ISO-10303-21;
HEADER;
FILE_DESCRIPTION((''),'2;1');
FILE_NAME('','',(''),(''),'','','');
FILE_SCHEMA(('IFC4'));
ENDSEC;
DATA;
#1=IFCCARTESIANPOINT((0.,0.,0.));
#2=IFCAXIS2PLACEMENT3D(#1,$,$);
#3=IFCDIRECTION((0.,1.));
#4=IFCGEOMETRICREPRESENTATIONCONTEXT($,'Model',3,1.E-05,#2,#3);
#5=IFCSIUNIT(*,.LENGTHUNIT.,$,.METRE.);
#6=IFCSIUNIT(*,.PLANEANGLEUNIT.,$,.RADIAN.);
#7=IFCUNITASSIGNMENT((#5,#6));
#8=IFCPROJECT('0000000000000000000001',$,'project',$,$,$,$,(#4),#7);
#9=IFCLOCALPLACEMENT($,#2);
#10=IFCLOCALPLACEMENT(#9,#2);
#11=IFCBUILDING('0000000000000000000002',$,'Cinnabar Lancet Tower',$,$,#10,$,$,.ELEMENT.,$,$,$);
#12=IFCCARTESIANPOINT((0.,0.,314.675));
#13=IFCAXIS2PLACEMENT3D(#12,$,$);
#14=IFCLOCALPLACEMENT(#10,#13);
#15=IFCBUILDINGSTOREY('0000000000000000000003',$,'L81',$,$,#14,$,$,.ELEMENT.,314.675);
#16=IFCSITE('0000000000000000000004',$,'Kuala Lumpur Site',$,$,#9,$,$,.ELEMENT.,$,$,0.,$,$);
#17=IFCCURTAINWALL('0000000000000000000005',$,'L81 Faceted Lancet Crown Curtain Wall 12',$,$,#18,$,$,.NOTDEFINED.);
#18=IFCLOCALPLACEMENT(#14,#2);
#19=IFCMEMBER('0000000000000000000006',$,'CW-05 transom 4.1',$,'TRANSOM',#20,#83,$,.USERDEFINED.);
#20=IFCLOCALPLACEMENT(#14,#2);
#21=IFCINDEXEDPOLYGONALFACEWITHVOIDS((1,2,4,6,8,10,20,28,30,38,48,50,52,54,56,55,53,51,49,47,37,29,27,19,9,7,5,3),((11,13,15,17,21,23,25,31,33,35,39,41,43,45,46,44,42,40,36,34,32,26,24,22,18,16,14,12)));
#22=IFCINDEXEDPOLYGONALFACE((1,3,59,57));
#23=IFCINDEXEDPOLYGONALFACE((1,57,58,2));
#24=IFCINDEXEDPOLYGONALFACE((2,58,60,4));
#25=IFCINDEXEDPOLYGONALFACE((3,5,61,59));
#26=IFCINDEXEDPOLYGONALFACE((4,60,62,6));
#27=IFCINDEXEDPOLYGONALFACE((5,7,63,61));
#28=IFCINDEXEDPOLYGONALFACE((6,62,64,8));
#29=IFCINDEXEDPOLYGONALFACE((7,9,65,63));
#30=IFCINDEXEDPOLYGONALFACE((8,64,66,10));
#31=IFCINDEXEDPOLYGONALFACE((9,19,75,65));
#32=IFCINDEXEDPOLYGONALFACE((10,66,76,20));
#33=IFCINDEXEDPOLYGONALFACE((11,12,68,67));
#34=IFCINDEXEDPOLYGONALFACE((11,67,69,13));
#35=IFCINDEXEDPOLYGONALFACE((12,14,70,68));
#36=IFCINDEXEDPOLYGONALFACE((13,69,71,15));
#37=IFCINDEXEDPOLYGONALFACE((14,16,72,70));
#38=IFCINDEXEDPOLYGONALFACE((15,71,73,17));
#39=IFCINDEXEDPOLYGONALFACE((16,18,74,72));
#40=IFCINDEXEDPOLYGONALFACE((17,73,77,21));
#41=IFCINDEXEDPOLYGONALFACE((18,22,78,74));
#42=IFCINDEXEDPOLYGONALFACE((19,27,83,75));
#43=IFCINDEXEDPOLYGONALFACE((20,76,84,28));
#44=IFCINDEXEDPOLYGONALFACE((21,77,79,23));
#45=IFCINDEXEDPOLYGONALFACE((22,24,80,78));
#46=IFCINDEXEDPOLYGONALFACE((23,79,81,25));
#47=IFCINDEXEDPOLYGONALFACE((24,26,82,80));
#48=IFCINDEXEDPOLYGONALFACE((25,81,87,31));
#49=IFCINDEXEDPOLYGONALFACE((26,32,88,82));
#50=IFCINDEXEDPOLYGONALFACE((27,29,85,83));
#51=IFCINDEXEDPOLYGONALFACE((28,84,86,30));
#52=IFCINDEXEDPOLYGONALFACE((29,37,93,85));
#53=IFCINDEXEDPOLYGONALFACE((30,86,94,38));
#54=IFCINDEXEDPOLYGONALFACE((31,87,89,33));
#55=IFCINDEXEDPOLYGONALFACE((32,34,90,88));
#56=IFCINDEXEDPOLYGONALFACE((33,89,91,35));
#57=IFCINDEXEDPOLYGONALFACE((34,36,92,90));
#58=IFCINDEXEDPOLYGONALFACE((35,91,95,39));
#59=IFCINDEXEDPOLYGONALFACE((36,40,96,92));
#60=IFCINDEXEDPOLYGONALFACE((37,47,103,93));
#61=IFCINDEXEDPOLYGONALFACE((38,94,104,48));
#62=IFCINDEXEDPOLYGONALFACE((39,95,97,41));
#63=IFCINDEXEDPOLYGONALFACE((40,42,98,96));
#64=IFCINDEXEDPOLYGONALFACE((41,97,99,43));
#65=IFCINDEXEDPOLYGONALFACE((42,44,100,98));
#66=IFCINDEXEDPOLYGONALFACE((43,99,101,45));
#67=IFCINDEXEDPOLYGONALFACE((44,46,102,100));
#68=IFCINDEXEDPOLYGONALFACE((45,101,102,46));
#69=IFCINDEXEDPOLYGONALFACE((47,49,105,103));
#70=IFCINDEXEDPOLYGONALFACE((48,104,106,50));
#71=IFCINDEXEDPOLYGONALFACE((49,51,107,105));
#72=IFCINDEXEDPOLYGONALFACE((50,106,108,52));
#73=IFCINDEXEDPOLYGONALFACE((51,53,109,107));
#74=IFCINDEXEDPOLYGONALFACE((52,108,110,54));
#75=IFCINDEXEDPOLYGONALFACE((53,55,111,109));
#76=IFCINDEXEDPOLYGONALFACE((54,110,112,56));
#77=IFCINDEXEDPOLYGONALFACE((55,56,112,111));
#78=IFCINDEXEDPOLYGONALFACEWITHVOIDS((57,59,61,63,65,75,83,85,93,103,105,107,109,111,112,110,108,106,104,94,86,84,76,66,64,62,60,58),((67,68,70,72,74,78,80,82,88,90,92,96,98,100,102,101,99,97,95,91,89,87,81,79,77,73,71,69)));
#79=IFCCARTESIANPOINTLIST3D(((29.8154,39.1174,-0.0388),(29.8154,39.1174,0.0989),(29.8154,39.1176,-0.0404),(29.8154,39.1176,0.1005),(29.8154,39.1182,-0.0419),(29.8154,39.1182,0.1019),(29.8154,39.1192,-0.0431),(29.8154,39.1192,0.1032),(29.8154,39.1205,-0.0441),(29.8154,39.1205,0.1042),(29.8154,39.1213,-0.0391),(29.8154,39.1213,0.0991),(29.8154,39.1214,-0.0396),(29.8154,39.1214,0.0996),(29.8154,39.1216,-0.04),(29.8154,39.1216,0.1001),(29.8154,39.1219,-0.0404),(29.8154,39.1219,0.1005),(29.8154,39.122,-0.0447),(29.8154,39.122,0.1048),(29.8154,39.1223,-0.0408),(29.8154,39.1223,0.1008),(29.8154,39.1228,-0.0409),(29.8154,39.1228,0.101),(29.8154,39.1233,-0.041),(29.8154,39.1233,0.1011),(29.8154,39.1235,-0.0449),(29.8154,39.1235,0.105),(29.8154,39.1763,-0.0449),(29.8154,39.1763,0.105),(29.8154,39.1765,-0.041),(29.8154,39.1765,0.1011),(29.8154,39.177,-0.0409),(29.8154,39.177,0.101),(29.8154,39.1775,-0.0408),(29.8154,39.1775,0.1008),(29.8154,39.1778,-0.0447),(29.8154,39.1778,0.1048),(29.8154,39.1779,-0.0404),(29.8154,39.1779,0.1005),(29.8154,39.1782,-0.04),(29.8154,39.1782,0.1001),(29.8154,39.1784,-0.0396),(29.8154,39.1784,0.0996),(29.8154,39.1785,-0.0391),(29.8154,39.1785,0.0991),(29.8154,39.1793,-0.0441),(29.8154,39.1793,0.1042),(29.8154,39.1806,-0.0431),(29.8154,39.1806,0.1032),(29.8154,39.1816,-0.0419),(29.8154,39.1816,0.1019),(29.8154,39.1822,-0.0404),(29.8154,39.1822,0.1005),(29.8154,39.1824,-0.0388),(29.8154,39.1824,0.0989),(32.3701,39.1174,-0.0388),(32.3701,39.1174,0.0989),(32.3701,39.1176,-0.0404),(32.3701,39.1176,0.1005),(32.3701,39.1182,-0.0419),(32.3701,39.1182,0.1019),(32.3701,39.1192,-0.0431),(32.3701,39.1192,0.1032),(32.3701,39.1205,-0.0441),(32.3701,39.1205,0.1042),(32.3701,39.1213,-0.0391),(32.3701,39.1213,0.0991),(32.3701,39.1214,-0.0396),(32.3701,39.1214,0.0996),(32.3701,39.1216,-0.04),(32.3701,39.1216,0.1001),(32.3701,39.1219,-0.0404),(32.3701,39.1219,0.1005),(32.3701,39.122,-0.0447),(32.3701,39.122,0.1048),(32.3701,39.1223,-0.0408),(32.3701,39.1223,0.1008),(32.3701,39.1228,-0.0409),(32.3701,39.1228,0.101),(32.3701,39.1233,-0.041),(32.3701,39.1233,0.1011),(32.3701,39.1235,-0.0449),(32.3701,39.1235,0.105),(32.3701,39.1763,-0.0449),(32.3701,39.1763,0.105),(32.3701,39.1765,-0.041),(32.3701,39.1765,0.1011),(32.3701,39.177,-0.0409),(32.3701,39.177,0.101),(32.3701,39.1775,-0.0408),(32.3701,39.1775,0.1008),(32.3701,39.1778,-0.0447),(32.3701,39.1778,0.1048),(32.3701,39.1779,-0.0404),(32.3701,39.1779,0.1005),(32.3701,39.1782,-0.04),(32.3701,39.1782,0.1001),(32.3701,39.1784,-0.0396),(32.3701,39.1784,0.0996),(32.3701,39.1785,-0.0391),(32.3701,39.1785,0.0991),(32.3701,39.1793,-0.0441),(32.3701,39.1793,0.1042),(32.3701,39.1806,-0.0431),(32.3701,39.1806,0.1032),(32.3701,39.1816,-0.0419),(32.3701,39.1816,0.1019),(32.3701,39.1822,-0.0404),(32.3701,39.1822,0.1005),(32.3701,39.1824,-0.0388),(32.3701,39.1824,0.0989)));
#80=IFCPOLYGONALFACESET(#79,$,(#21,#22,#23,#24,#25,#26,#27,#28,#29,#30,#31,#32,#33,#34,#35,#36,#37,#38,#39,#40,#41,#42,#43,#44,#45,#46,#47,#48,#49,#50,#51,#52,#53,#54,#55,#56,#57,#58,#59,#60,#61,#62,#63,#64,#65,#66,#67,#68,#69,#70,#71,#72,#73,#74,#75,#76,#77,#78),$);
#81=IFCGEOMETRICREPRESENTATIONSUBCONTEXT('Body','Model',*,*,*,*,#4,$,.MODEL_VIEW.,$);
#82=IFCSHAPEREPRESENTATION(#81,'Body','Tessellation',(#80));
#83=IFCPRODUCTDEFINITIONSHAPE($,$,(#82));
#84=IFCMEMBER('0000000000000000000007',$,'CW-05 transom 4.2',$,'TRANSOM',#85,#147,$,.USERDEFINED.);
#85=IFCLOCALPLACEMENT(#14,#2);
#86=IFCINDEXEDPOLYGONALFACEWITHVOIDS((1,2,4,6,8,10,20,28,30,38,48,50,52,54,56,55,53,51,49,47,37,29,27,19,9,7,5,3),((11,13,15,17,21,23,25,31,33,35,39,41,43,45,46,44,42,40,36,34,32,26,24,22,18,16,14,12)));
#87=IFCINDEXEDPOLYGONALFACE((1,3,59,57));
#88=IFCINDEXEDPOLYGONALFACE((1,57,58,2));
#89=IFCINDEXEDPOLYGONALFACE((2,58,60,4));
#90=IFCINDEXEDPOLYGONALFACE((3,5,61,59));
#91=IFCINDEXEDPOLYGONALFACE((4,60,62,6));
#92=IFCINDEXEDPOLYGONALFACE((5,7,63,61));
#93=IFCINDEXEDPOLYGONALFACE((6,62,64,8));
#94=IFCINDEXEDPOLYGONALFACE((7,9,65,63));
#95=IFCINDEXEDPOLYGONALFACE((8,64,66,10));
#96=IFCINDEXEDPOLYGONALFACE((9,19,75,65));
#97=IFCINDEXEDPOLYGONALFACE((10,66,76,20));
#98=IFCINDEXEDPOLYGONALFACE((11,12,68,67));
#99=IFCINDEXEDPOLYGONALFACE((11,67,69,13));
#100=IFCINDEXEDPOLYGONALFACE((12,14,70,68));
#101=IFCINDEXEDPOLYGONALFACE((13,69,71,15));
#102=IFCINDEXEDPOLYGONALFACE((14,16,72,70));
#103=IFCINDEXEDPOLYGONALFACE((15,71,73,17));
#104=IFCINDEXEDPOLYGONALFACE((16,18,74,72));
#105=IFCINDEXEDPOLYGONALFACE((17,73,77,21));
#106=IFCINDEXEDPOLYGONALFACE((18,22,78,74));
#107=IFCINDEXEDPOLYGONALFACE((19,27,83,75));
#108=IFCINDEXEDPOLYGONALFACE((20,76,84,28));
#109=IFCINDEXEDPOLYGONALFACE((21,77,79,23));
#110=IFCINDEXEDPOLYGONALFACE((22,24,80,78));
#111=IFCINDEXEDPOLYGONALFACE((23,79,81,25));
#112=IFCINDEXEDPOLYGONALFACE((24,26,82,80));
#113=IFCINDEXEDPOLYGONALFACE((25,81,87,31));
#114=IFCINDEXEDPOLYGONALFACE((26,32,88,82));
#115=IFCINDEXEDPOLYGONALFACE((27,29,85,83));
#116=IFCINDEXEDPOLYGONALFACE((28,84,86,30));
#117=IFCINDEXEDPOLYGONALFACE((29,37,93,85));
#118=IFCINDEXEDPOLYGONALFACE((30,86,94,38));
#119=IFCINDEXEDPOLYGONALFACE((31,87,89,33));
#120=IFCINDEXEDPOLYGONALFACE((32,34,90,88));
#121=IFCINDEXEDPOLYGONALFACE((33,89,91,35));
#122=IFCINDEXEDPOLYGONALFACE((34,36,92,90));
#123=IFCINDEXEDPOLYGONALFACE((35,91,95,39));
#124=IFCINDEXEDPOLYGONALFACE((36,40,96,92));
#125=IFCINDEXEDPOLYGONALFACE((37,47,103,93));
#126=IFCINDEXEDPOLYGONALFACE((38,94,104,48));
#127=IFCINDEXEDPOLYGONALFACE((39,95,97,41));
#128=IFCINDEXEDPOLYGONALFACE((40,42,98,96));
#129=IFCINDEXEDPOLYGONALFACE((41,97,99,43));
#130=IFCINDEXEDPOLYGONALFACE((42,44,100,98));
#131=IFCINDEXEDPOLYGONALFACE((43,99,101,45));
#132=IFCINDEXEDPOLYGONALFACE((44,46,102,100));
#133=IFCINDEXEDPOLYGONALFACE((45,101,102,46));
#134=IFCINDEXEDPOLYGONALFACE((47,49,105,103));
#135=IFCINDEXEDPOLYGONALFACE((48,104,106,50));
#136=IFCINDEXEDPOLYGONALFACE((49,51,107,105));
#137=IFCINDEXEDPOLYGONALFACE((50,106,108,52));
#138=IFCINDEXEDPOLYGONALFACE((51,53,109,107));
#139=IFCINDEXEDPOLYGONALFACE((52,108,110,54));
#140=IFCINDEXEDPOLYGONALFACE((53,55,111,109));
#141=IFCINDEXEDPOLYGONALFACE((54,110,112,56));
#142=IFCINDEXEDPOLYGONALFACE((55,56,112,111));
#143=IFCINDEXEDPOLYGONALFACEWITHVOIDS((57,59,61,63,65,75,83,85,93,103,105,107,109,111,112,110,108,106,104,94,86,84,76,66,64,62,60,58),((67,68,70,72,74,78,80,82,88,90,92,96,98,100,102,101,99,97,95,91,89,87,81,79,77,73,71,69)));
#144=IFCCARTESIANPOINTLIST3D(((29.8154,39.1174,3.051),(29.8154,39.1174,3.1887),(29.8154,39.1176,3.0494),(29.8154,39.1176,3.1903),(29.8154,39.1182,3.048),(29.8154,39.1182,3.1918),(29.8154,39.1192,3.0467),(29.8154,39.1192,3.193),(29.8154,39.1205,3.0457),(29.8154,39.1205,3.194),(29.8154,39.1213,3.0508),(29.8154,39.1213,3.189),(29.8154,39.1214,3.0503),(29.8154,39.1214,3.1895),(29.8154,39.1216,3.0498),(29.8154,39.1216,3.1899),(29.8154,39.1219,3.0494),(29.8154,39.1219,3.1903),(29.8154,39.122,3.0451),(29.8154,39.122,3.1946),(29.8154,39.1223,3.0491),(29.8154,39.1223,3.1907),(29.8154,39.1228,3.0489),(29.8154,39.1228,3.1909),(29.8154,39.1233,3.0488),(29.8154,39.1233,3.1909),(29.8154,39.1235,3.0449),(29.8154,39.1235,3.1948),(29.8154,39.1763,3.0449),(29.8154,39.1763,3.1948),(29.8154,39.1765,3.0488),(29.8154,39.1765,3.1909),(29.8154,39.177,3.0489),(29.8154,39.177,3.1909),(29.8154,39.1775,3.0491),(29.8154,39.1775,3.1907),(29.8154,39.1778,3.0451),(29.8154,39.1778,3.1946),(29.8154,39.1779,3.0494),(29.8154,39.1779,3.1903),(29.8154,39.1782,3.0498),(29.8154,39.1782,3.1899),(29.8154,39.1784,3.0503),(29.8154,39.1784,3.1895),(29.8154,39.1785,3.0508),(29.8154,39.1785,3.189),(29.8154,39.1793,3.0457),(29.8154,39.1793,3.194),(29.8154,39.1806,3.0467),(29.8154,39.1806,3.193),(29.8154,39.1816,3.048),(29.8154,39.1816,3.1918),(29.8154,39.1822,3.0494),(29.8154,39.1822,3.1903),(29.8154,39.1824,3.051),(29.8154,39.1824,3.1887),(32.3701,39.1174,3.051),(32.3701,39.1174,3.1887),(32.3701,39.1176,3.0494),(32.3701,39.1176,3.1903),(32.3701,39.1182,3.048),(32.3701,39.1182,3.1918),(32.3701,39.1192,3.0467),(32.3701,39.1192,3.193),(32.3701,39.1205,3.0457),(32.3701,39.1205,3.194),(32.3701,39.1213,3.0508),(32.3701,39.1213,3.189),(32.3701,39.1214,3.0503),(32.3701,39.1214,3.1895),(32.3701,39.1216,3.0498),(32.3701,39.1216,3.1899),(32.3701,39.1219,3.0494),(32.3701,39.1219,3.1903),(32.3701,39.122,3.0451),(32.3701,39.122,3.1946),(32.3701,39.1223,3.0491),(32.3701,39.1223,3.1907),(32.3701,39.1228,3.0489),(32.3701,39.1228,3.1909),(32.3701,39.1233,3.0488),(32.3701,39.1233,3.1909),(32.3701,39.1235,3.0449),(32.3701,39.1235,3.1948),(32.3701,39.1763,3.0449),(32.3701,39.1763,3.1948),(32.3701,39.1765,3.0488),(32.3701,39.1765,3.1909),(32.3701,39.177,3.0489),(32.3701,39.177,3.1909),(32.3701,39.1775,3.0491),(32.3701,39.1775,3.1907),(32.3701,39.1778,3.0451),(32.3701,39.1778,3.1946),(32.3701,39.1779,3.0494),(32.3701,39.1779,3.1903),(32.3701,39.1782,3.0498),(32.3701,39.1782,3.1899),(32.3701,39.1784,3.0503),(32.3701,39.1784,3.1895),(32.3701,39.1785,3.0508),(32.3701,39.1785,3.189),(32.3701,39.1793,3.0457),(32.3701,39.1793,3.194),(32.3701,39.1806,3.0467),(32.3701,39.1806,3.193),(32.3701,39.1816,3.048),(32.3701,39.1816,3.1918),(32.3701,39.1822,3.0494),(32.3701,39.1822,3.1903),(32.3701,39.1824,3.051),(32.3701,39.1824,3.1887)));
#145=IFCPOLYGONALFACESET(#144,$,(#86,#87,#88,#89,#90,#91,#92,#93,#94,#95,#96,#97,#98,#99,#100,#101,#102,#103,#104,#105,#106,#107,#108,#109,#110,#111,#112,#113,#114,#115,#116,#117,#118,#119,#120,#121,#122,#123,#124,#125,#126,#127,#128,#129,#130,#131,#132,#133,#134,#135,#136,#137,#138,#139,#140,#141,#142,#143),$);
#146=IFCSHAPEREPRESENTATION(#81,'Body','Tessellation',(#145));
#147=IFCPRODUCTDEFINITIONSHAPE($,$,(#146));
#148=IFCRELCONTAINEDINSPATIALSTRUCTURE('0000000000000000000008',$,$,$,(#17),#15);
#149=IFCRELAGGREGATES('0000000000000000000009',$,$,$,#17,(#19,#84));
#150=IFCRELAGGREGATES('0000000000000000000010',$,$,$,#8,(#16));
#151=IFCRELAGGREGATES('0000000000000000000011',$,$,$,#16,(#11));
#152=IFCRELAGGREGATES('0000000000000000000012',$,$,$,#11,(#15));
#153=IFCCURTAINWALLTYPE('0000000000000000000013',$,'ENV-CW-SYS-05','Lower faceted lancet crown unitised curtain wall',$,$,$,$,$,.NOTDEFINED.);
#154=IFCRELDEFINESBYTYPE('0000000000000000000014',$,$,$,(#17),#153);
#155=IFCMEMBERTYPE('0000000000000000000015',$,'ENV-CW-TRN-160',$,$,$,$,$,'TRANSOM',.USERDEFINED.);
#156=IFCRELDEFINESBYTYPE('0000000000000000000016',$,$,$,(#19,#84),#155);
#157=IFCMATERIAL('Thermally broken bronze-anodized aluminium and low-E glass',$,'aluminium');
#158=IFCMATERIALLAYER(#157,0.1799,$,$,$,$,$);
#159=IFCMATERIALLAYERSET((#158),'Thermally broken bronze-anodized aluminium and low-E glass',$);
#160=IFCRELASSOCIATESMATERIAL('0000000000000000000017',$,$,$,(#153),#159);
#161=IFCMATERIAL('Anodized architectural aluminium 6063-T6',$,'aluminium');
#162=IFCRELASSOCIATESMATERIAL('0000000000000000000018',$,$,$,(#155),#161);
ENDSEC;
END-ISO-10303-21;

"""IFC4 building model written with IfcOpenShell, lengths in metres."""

from ifc_helpers import new_model, si_unit, direction, frame, origin, origin_2d, place, context, subcontext, project, spatial, hollow_rectangle, extrude, material, layer, layer_set, material_profile, profile_set, type_object, element, aggregate, save


model = new_model("IFC4")

# Units and contexts
model_context = context("Model", 3, precision=1e-05, world=origin(), true_north=direction((0.0, 1.0)))
body_context = subcontext(model_context, "Body", "Model", "MODEL_VIEW")
ifc_project = project(units=[si_unit("LENGTHUNIT", "METRE"), si_unit("PLANEANGLEUNIT", "RADIAN")], contexts=[model_context])

# Site, building, storey
site_placement = place(None, origin())
site = spatial("IfcSite", under=ifc_project, at=site_placement, Name="Kuala Lumpur Site", CompositionType="ELEMENT", RefElevation=0.0)
building_placement = place(site_placement, origin())
building = spatial("IfcBuilding", under=site, at=building_placement, Name="Cinnabar Lancet Tower", CompositionType="ELEMENT")
storey_placement = place(building_placement, frame((0.0, 0.0, 314.675)))
storey = spatial("IfcBuildingStorey", under=building, at=storey_placement, Name="L81", CompositionType="ELEMENT", Elevation=314.675)

# Curtain wall
ifc_material_1 = material(Name="Thermally broken bronze-anodized aluminium and low-E glass", Category="aluminium")
ifc_layer_1 = layer(ifc_material_1, 0.1799)
ifc_layer_set_1 = layer_set([ifc_layer_1], Name="Thermally broken bronze-anodized aluminium and low-E glass")
curtain_wall_type = type_object("IfcCurtainWallType", Name="ENV-CW-SYS-05", Description="Lower faceted lancet crown unitised curtain wall", PredefinedType="NOTDEFINED", material=ifc_layer_set_1)
curtain_wall_1_placement = place(storey_placement, origin())
curtain_wall_1 = element("IfcCurtainWall", 1, at=curtain_wall_1_placement, inside=storey, type_object=curtain_wall_type, Name="L81 Faceted Lancet Crown Curtain Wall 12", PredefinedType="NOTDEFINED")

# Members
ifc_material_2 = material(Name="Anodized architectural aluminium 6063-T6", Category="aluminium")
ifc_material_profile_1 = material_profile(ifc_material_2, hollow_rectangle(XDim=0.0649, YDim=0.1499, WallThickness=0.0039, InnerFilletRadius=0.002, OuterFilletRadius=0.0061, at=origin_2d()), Name="CW-TRN 150x65x4")
ifc_profile_set_1 = profile_set([ifc_material_profile_1], Name="Anodized architectural aluminium 6063-T6")
member_type_1 = type_object("IfcMemberType", Name="ENV-CW-TRN-160", ElementType="TRANSOM", PredefinedType="USERDEFINED", material=ifc_profile_set_1)
member_1_placement = place(storey_placement, frame((32.3701, 39.1499, 0.03), z_axis=(-1.0, 0.0, 0.0), x_axis=(0.0, -1.0, 0.0)))
member_1 = element("IfcMember", 2, at=member_1_placement, type_object=member_type_1, Name="CW-05 transom 4.1", ObjectType="TRANSOM", PredefinedType="USERDEFINED", context=body_context, shape_type="SweptSolid", body=[
    extrude(hollow_rectangle(XDim=0.0649, YDim=0.1499, WallThickness=0.0039, InnerFilletRadius=0.002, OuterFilletRadius=0.0061, at=origin_2d()), origin(), (0.0, 0.0, 1.0), 2.5547),
])
member_2_placement = place(storey_placement, frame((32.3701, 39.1499, 3.1199), z_axis=(-1.0, 0.0, 0.0), x_axis=(0.0, -1.0, 0.0)))
member_2 = element("IfcMember", 3, at=member_2_placement, type_object=member_type_1, Name="CW-05 transom 4.2", ObjectType="TRANSOM", PredefinedType="USERDEFINED", context=body_context, shape_type="SweptSolid", body=[
    extrude(hollow_rectangle(XDim=0.0649, YDim=0.1499, WallThickness=0.0039, InnerFilletRadius=0.002, OuterFilletRadius=0.0061, at=origin_2d()), origin(), (0.0, 0.0, 1.0), 2.5547),
])

aggregate(curtain_wall_1, [member_1, member_2])

save(model, "model.ifc")
